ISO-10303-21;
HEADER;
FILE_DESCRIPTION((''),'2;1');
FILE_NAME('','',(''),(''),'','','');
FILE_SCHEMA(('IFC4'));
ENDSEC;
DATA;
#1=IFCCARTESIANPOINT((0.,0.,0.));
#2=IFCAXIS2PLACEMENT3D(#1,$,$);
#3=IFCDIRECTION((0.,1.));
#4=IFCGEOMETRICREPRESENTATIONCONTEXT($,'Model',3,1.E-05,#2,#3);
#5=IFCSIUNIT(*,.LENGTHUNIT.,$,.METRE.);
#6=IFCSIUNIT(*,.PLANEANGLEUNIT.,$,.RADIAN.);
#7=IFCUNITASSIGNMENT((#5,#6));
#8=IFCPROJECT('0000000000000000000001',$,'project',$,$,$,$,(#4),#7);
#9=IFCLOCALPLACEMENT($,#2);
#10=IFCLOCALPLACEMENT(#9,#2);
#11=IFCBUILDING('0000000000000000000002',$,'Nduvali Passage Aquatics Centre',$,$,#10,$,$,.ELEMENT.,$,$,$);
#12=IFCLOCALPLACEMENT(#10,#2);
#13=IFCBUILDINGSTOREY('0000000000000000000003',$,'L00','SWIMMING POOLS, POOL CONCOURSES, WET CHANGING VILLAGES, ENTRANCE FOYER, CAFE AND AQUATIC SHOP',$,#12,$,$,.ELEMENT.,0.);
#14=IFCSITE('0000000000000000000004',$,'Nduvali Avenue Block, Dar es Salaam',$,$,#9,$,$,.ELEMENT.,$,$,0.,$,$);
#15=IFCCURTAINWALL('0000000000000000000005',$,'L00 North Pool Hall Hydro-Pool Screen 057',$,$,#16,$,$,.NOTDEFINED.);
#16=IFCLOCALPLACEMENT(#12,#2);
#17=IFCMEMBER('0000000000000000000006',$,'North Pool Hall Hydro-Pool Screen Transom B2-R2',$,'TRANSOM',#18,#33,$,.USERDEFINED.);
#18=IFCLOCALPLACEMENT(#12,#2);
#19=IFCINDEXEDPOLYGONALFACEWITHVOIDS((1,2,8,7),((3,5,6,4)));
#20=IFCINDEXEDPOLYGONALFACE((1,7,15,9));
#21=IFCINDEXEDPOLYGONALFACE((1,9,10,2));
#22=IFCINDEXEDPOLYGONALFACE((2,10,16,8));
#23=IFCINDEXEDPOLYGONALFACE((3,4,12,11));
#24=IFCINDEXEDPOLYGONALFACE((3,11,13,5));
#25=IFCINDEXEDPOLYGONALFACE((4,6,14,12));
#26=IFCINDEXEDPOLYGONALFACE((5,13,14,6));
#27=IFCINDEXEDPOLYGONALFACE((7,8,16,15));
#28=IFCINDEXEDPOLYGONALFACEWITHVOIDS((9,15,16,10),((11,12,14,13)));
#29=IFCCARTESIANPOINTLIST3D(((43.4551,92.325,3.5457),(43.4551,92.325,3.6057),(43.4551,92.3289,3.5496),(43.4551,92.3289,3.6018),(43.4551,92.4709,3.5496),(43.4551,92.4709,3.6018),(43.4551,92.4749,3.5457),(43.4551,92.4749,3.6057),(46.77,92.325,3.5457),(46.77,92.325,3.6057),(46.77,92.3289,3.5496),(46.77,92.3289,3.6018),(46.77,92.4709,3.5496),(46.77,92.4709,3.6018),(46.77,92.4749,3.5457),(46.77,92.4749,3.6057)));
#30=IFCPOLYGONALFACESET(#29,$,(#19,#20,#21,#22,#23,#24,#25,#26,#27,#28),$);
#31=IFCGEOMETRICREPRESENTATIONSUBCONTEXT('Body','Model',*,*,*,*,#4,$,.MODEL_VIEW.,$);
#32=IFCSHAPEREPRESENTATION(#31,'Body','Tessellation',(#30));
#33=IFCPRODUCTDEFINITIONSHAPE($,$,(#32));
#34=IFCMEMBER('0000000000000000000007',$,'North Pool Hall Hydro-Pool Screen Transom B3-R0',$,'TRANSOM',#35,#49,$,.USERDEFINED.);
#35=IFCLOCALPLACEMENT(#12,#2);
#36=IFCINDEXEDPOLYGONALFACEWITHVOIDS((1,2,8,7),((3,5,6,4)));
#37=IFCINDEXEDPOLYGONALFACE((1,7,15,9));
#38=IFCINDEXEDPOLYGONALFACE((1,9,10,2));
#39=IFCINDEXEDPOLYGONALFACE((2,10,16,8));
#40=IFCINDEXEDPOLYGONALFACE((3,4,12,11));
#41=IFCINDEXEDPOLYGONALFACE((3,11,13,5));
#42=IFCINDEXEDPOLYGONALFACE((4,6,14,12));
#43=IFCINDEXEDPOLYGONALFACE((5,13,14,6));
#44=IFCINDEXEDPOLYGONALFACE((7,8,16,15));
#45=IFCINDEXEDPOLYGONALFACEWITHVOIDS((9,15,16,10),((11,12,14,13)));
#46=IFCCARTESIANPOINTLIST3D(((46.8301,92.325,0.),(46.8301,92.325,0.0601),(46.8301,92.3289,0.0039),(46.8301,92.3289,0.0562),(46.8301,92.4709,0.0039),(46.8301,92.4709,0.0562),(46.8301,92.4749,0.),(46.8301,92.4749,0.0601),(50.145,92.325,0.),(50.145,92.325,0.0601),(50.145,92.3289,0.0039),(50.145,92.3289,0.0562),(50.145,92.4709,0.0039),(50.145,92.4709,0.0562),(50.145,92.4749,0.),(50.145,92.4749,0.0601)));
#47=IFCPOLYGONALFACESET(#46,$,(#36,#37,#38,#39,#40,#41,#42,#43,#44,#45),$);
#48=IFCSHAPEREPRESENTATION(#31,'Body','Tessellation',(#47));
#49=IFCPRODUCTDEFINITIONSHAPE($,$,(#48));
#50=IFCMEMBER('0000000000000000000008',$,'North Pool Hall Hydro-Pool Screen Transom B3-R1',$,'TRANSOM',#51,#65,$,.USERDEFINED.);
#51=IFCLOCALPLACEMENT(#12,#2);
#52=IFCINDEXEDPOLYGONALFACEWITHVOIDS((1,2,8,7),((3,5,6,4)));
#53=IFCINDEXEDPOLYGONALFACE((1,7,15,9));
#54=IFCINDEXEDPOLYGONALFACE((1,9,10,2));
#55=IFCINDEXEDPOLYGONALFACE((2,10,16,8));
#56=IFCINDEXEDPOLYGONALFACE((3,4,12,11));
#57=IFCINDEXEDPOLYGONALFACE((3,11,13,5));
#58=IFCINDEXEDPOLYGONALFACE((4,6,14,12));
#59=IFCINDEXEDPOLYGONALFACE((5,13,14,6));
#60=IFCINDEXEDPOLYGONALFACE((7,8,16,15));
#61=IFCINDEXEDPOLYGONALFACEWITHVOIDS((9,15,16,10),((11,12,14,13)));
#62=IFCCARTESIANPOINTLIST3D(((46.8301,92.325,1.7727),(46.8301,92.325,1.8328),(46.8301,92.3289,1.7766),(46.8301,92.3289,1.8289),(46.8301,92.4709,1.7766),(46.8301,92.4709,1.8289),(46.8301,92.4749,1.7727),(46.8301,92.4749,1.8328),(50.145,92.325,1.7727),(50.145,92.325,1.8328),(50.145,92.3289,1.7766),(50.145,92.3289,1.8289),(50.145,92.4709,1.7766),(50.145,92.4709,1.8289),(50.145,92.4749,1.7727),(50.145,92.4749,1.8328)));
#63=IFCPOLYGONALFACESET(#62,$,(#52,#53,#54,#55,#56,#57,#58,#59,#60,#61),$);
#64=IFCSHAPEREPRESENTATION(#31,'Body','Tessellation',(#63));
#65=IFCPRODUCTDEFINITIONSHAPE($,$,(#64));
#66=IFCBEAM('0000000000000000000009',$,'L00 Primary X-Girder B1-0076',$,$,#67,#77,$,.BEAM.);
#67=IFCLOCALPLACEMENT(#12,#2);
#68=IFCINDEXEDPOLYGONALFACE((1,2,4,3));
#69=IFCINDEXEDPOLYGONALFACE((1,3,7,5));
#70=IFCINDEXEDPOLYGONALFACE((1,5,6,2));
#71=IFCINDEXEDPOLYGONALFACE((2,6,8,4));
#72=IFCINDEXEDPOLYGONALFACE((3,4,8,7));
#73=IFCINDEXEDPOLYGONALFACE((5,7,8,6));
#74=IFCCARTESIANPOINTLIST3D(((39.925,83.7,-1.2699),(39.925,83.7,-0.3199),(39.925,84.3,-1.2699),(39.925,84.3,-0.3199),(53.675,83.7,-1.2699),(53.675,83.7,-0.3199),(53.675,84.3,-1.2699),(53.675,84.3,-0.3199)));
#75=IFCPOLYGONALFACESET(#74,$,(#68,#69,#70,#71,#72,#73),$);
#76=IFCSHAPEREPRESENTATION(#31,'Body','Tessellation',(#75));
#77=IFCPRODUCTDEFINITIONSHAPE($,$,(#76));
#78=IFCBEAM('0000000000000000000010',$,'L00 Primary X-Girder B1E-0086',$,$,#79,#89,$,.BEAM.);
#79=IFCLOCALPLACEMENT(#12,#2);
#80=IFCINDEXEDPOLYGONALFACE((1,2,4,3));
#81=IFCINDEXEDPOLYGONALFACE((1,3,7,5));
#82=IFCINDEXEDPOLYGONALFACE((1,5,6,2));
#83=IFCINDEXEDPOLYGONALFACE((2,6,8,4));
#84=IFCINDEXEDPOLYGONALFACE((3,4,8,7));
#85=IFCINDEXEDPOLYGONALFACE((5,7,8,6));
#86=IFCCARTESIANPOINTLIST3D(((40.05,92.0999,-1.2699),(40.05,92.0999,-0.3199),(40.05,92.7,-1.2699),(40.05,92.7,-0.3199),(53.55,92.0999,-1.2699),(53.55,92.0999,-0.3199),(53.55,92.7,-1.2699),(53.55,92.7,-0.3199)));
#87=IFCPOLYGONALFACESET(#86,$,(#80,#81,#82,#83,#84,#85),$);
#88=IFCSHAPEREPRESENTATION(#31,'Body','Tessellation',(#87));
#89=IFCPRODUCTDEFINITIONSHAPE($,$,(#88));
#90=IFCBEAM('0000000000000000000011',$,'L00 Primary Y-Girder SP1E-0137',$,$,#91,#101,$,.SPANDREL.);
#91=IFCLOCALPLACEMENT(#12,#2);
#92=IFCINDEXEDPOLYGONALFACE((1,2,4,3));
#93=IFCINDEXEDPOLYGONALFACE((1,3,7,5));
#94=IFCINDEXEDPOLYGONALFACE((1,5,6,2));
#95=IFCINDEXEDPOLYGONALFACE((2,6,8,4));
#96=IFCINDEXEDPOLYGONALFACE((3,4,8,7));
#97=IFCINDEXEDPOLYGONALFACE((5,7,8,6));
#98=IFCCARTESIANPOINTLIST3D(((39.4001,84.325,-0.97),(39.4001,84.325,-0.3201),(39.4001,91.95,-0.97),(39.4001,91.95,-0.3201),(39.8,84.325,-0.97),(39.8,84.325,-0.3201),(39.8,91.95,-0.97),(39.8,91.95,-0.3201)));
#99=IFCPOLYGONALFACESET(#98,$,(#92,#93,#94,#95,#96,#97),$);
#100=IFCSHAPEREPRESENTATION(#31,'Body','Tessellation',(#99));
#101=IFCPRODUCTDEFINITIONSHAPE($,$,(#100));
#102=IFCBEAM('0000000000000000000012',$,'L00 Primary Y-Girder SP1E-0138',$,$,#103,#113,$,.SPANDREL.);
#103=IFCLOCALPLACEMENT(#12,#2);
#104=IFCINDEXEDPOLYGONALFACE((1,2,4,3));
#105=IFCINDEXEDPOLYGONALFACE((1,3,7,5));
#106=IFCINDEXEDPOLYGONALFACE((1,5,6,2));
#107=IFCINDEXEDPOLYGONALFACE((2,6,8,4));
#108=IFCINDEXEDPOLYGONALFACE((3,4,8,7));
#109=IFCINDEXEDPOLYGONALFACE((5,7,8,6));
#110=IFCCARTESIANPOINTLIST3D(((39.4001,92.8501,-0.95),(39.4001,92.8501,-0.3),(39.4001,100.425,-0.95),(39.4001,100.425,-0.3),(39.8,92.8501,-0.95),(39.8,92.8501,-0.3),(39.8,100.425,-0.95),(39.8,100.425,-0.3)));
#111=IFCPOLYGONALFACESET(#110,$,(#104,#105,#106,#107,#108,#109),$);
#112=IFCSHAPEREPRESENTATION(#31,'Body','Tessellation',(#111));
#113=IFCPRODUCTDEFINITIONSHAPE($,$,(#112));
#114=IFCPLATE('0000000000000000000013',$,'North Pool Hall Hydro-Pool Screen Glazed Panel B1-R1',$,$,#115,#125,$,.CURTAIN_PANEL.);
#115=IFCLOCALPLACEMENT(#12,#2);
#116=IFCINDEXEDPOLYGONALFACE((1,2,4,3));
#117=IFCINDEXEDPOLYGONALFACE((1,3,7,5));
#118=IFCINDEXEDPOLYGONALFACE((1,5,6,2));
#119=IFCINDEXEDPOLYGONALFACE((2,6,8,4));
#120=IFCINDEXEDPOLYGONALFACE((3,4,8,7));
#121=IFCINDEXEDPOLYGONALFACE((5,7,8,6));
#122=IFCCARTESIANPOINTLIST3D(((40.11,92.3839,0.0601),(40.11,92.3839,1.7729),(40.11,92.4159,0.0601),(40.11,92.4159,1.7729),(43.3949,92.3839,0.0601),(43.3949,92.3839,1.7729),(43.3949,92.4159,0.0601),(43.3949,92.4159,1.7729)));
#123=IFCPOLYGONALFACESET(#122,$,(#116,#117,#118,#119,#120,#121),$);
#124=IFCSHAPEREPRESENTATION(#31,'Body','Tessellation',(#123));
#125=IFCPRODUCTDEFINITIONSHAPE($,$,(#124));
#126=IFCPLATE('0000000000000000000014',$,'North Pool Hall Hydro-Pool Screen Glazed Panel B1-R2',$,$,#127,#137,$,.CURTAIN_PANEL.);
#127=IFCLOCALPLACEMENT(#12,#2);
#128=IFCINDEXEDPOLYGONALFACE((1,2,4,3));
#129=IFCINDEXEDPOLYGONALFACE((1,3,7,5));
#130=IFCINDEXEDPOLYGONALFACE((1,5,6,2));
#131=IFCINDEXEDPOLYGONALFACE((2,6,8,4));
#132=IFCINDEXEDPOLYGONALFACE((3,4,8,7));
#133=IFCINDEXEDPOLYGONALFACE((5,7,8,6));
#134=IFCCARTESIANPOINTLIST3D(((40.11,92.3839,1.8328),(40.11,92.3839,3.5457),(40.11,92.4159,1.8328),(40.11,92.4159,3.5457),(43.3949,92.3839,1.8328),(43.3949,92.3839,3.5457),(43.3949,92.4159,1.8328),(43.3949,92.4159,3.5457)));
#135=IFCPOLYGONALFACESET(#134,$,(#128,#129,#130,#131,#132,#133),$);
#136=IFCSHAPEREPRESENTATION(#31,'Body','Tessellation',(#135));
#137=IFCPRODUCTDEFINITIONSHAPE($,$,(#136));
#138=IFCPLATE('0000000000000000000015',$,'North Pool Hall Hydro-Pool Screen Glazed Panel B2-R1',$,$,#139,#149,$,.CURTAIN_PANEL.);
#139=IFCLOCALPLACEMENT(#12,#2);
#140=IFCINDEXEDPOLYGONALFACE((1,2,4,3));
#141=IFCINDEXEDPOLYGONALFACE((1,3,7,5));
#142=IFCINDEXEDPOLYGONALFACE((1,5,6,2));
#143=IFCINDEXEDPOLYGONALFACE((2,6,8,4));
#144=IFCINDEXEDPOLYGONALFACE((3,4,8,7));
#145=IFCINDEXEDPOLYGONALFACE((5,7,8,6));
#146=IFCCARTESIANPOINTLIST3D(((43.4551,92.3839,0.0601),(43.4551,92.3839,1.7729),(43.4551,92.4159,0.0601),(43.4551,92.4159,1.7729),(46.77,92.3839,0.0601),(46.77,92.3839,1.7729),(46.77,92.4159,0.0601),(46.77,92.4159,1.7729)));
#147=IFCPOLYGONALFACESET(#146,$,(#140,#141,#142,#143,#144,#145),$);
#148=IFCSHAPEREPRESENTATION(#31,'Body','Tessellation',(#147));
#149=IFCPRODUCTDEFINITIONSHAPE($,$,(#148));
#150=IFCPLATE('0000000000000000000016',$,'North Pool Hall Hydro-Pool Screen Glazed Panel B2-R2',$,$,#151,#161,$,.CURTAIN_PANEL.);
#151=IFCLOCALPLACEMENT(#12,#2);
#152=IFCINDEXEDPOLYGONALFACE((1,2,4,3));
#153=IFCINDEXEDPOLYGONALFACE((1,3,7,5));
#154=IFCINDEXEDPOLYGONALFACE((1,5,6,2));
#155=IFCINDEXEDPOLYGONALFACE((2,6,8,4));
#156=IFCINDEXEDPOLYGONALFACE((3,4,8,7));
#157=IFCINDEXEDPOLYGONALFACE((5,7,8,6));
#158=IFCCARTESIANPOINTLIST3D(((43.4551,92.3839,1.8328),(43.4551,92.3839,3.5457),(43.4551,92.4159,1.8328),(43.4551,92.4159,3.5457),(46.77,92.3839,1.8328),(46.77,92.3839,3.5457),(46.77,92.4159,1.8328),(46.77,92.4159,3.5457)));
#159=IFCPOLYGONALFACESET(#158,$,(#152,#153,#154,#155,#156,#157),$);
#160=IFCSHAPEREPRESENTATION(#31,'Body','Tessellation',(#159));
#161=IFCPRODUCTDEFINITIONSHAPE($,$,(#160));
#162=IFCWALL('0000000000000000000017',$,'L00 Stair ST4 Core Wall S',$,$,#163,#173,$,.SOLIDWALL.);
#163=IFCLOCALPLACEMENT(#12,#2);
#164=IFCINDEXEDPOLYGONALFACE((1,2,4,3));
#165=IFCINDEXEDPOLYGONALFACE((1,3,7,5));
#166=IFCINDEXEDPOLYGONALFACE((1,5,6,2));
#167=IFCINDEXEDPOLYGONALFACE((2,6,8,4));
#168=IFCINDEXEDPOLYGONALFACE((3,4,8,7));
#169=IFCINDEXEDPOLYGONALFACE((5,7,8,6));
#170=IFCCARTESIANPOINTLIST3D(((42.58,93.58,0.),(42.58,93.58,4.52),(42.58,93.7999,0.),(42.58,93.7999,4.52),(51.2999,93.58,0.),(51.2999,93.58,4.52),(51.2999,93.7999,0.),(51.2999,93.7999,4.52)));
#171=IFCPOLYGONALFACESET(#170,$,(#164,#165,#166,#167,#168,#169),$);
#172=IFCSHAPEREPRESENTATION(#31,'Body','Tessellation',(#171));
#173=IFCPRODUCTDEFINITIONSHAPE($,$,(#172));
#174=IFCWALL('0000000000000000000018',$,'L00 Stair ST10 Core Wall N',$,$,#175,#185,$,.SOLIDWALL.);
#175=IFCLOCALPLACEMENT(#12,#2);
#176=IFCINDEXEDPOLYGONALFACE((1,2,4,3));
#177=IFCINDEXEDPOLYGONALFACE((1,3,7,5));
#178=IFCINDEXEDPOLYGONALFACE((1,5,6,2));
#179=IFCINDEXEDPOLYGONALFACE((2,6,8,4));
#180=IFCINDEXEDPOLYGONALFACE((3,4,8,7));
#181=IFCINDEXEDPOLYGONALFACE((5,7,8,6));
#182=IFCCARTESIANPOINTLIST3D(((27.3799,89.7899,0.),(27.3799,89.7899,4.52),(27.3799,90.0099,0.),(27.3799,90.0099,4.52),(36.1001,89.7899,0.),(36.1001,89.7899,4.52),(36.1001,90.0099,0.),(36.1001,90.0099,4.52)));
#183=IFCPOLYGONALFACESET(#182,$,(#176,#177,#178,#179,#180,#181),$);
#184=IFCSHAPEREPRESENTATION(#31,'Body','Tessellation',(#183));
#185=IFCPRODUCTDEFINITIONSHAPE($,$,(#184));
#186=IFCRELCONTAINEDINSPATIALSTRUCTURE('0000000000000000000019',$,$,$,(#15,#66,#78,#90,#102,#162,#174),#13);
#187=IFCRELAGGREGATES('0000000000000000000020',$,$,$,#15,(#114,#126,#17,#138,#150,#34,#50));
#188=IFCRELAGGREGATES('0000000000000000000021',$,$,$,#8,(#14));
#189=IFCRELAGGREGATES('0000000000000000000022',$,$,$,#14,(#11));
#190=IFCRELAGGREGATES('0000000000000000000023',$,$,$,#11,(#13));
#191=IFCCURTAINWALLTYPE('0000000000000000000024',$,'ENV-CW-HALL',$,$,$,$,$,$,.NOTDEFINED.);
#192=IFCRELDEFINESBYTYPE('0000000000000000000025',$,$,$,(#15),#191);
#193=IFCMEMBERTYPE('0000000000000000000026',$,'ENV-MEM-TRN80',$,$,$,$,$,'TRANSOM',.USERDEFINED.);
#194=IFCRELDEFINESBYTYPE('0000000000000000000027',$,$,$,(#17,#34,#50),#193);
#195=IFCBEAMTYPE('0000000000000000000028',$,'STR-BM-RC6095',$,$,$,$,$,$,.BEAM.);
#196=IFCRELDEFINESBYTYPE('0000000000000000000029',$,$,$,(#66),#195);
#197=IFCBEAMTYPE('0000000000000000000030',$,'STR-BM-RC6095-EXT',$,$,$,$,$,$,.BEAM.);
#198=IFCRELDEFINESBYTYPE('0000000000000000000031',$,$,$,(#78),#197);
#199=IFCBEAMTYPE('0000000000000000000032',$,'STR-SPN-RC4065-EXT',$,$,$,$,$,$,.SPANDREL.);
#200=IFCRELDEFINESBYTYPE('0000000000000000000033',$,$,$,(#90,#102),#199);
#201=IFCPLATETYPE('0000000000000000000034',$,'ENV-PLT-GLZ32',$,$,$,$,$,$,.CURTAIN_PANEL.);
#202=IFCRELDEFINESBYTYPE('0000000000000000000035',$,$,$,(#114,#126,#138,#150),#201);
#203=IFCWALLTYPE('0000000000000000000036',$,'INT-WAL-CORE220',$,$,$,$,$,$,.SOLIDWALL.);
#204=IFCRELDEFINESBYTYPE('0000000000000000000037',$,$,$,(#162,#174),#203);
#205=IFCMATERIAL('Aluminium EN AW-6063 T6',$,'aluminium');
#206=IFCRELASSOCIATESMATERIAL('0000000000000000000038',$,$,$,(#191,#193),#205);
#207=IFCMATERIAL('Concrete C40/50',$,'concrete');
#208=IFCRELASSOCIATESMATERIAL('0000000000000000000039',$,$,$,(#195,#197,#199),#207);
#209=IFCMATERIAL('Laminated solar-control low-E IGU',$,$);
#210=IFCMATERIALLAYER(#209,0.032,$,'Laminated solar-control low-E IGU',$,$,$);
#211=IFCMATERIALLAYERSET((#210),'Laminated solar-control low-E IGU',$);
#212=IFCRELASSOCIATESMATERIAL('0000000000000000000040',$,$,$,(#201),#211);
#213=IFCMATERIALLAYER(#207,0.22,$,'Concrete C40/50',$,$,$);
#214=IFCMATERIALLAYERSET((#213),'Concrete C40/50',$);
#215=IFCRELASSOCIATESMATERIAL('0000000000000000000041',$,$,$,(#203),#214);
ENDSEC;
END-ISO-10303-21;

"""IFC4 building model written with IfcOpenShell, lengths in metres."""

from ifc_helpers import new_model, si_unit, direction, frame, frame_2d, origin, origin_2d, place, context, subcontext, project, spatial, rectangle, hollow_rectangle, extrude, material, layer, layer_set, material_profile, profile_set, type_object, element, aggregate, save


model = new_model("IFC4")

# Units and contexts
model_context = context("Model", 3, precision=1e-05, world=origin(), true_north=direction((0.0, 1.0)))
body_context = subcontext(model_context, "Body", "Model", "MODEL_VIEW")
ifc_project = project(units=[si_unit("LENGTHUNIT", "METRE"), si_unit("PLANEANGLEUNIT", "RADIAN")], contexts=[model_context])

# Site, building, storey
site_placement = place(None, origin())
site = spatial("IfcSite", under=ifc_project, at=site_placement, Name="Nduvali Avenue Block, Dar es Salaam", CompositionType="ELEMENT", RefElevation=0.0)
building_placement = place(site_placement, origin())
building = spatial("IfcBuilding", under=site, at=building_placement, Name="Nduvali Passage Aquatics Centre", CompositionType="ELEMENT")
storey_placement = place(building_placement, origin())
storey = spatial("IfcBuildingStorey", under=building, at=storey_placement, Name="L00", Description="SWIMMING POOLS, POOL CONCOURSES, WET CHANGING VILLAGES, ENTRANCE FOYER, CAFE AND AQUATIC SHOP", CompositionType="ELEMENT", Elevation=0.0)

# Shared definitions
ifc_material_1 = material(Name="Concrete C40/50", Category="concrete")

# Curtain wall, members
ifc_material_2 = material(Name="Aluminium EN AW-6063 T6", Category="aluminium")
curtain_wall_type = type_object("IfcCurtainWallType", Name="ENV-CW-HALL", PredefinedType="NOTDEFINED", material=ifc_material_2)
curtain_wall_placement = place(storey_placement, origin())
curtain_wall = element("IfcCurtainWall", 1, at=curtain_wall_placement, inside=storey, type_object=curtain_wall_type, Name="L00 North Pool Hall Hydro-Pool Screen 057", PredefinedType="NOTDEFINED")
ifc_material_profile_1 = material_profile(ifc_material_2, hollow_rectangle(XDim=0.1499, YDim=0.0601, WallThickness=0.0039, at=origin_2d()), Name="ALU TRANSOM 150x60x4")
ifc_profile_set_1 = profile_set([ifc_material_profile_1], Name="Aluminium EN AW-6063 T6")
member_type_1 = type_object("IfcMemberType", Name="ENV-MEM-TRN80", ElementType="TRANSOM", PredefinedType="USERDEFINED", material=ifc_profile_set_1)
member_1_placement = place(storey_placement, frame((43.4551, 92.3999, 3.5757), z_axis=(1.0, 0.0, 0.0), x_axis=(0.0, 1.0, 0.0)))
member_1 = element("IfcMember", 2, at=member_1_placement, type_object=member_type_1, Name="North Pool Hall Hydro-Pool Screen Transom B2-R2", ObjectType="TRANSOM", PredefinedType="USERDEFINED", context=body_context, shape_type="SweptSolid", body=[
    extrude(hollow_rectangle(XDim=0.1499, YDim=0.0601, WallThickness=0.0039, at=origin_2d()), origin(), (0.0, 0.0, 1.0), 3.3149),
])
member_2_placement = place(storey_placement, frame((46.8301, 92.3999, 0.03), z_axis=(1.0, 0.0, 0.0), x_axis=(0.0, 1.0, 0.0)))
member_2 = element("IfcMember", 3, at=member_2_placement, type_object=member_type_1, Name="North Pool Hall Hydro-Pool Screen Transom B3-R0", ObjectType="TRANSOM", PredefinedType="USERDEFINED", context=body_context, shape_type="SweptSolid", body=[
    extrude(hollow_rectangle(XDim=0.1499, YDim=0.0601, WallThickness=0.0039, at=origin_2d()), origin(), (0.0, 0.0, 1.0), 3.3149),
])
member_3_placement = place(storey_placement, frame((46.8301, 92.3999, 1.8027), z_axis=(1.0, 0.0, 0.0), x_axis=(0.0, 1.0, 0.0)))
member_3 = element("IfcMember", 4, at=member_3_placement, type_object=member_type_1, Name="North Pool Hall Hydro-Pool Screen Transom B3-R1", ObjectType="TRANSOM", PredefinedType="USERDEFINED", context=body_context, shape_type="SweptSolid", body=[
    extrude(hollow_rectangle(XDim=0.1499, YDim=0.0601, WallThickness=0.0039, at=origin_2d()), origin(), (0.0, 0.0, 1.0), 3.3149),
])

# Beams
ifc_material_profile_2 = material_profile(ifc_material_1, rectangle(XDim=0.6001, YDim=0.95, at=origin_2d()), Name="RC 600x950")
ifc_profile_set_2 = profile_set([ifc_material_profile_2], Name="Concrete C40/50")
beam_type_1 = type_object("IfcBeamType", Name="STR-BM-RC6095", PredefinedType="BEAM", material=ifc_profile_set_2)
beam_1_placement = place(storey_placement, frame((39.925, 84.0, -0.7949), z_axis=(1.0, 0.0, 0.0), x_axis=(0.0, 1.0, 0.0)))
element("IfcBeam", 5, at=beam_1_placement, inside=storey, type_object=beam_type_1, Name="L00 Primary X-Girder B1-0076", PredefinedType="BEAM", context=body_context, shape_type="SweptSolid", body=[
    extrude(rectangle(XDim=0.6001, YDim=0.95, at=origin_2d()), origin(), (0.0, 0.0, 1.0), 13.75),
])
ifc_material_profile_3 = material_profile(ifc_material_1, rectangle(XDim=0.6001, YDim=0.95, at=origin_2d()), Name="RC 600x950")
ifc_profile_set_3 = profile_set([ifc_material_profile_3], Name="Concrete C40/50")
beam_type_2 = type_object("IfcBeamType", Name="STR-BM-RC6095-EXT", PredefinedType="BEAM", material=ifc_profile_set_3)
beam_2_placement = place(storey_placement, frame((40.05, 92.3999, -0.7949), z_axis=(1.0, 0.0, 0.0), x_axis=(0.0, 1.0, 0.0)))
element("IfcBeam", 6, at=beam_2_placement, inside=storey, type_object=beam_type_2, Name="L00 Primary X-Girder B1E-0086", PredefinedType="BEAM", context=body_context, shape_type="SweptSolid", body=[
    extrude(rectangle(XDim=0.6001, YDim=0.95, at=origin_2d()), origin(), (0.0, 0.0, 1.0), 13.5),
])
ifc_material_profile_4 = material_profile(ifc_material_1, rectangle(XDim=0.3999, YDim=0.6499, at=origin_2d()), Name="RC 400x650")
ifc_profile_set_4 = profile_set([ifc_material_profile_4], Name="Concrete C40/50")
beam_type_3 = type_object("IfcBeamType", Name="STR-SPN-RC4065-EXT", PredefinedType="SPANDREL", material=ifc_profile_set_4)
beam_3_placement = place(storey_placement, frame((39.6001, 84.325, -0.645), z_axis=(0.0, 1.0, 0.0), x_axis=(-1.0, 0.0, 0.0)))
element("IfcBeam", 7, at=beam_3_placement, inside=storey, type_object=beam_type_3, Name="L00 Primary Y-Girder SP1E-0137", PredefinedType="SPANDREL", context=body_context, shape_type="SweptSolid", body=[
    extrude(rectangle(XDim=0.3999, YDim=0.6499, at=origin_2d()), origin(), (0.0, 0.0, 1.0), 7.625),
])
beam_4_placement = place(storey_placement, frame((39.6001, 92.8501, -0.625), z_axis=(0.0, 1.0, 0.0), x_axis=(-1.0, 0.0, 0.0)))
element("IfcBeam", 8, at=beam_4_placement, inside=storey, type_object=beam_type_3, Name="L00 Primary Y-Girder SP1E-0138", PredefinedType="SPANDREL", context=body_context, shape_type="SweptSolid", body=[
    extrude(rectangle(XDim=0.3999, YDim=0.6499, at=origin_2d()), origin(), (0.0, 0.0, 1.0), 7.575),
])

# Plates
ifc_material_3 = material(Name="Laminated solar-control low-E IGU")
ifc_layer_1 = layer(ifc_material_3, 0.032, Name="Laminated solar-control low-E IGU")
ifc_layer_set_1 = layer_set([ifc_layer_1], Name="Laminated solar-control low-E IGU")
plate_type = type_object("IfcPlateType", Name="ENV-PLT-GLZ32", PredefinedType="CURTAIN_PANEL", material=ifc_layer_set_1)
plate_1_placement = place(storey_placement, frame((41.7524, 92.3999, 0.0601), z_axis=(0.0, 0.0, 1.0), x_axis=(1.0, 0.0, 0.0)))
plate_1 = element("IfcPlate", 9, at=plate_1_placement, type_object=plate_type, Name="North Pool Hall Hydro-Pool Screen Glazed Panel B1-R1", PredefinedType="CURTAIN_PANEL", context=body_context, shape_type="SweptSolid", body=[
    extrude(rectangle(XDim=3.2849, YDim=0.032, at=origin_2d()), origin(), (0.0, 0.0, 1.0), 1.7129),
])
plate_2_placement = place(storey_placement, frame((41.7524, 92.3999, 1.8328), z_axis=(0.0, 0.0, 1.0), x_axis=(1.0, 0.0, 0.0)))
plate_2 = element("IfcPlate", 10, at=plate_2_placement, type_object=plate_type, Name="North Pool Hall Hydro-Pool Screen Glazed Panel B1-R2", PredefinedType="CURTAIN_PANEL", context=body_context, shape_type="SweptSolid", body=[
    extrude(rectangle(XDim=3.2849, YDim=0.032, at=origin_2d()), origin(), (0.0, 0.0, 1.0), 1.7129),
])
plate_3_placement = place(storey_placement, frame((45.1125, 92.3999, 0.0601), z_axis=(0.0, 0.0, 1.0), x_axis=(1.0, 0.0, 0.0)))
plate_3 = element("IfcPlate", 11, at=plate_3_placement, type_object=plate_type, Name="North Pool Hall Hydro-Pool Screen Glazed Panel B2-R1", PredefinedType="CURTAIN_PANEL", context=body_context, shape_type="SweptSolid", body=[
    extrude(rectangle(XDim=3.3149, YDim=0.032, at=origin_2d()), origin(), (0.0, 0.0, 1.0), 1.7129),
])
plate_4_placement = place(storey_placement, frame((45.1125, 92.3999, 1.8328), z_axis=(0.0, 0.0, 1.0), x_axis=(1.0, 0.0, 0.0)))
plate_4 = element("IfcPlate", 12, at=plate_4_placement, type_object=plate_type, Name="North Pool Hall Hydro-Pool Screen Glazed Panel B2-R2", PredefinedType="CURTAIN_PANEL", context=body_context, shape_type="SweptSolid", body=[
    extrude(rectangle(XDim=3.3149, YDim=0.032, at=origin_2d()), origin(), (0.0, 0.0, 1.0), 1.7129),
])
aggregate(curtain_wall, [plate_1, plate_2, member_1, plate_3, plate_4, member_2, member_3])

# Walls
ifc_layer_2 = layer(ifc_material_1, 0.22, Name="Concrete C40/50")
ifc_layer_set_2 = layer_set([ifc_layer_2], Name="Concrete C40/50")
wall_type_1 = type_object("IfcWallType", Name="INT-WAL-CORE220", PredefinedType="SOLIDWALL", material=ifc_layer_set_2)
wall_1_placement = place(storey_placement, frame((42.5801, 93.6899, 0.0), z_axis=(0.0, 0.0, 1.0), x_axis=(1.0, 0.0, 0.0)))
element("IfcWall", 13, at=wall_1_placement, inside=storey, type_object=wall_type_1, Name="L00 Stair ST4 Core Wall S", PredefinedType="SOLIDWALL", context=body_context, shape_type="SweptSolid", body=[
    extrude(rectangle(XDim=8.72, YDim=0.22, at=frame_2d((4.3599, 0.0))), origin(), (0.0, 0.0, 1.0), 4.52),
])
wall_2_placement = place(storey_placement, frame((36.1001, 89.8999, 0.0), z_axis=(0.0, 0.0, 1.0), x_axis=(-1.0, 0.0, 0.0)))
element("IfcWall", 14, at=wall_2_placement, inside=storey, type_object=wall_type_1, Name="L00 Stair ST10 Core Wall N", PredefinedType="SOLIDWALL", context=body_context, shape_type="SweptSolid", body=[
    extrude(rectangle(XDim=8.7202, YDim=0.22, at=frame_2d((4.3601, 0.0))), origin(), (0.0, 0.0, 1.0), 4.52),
])

save(model, "model.ifc")
